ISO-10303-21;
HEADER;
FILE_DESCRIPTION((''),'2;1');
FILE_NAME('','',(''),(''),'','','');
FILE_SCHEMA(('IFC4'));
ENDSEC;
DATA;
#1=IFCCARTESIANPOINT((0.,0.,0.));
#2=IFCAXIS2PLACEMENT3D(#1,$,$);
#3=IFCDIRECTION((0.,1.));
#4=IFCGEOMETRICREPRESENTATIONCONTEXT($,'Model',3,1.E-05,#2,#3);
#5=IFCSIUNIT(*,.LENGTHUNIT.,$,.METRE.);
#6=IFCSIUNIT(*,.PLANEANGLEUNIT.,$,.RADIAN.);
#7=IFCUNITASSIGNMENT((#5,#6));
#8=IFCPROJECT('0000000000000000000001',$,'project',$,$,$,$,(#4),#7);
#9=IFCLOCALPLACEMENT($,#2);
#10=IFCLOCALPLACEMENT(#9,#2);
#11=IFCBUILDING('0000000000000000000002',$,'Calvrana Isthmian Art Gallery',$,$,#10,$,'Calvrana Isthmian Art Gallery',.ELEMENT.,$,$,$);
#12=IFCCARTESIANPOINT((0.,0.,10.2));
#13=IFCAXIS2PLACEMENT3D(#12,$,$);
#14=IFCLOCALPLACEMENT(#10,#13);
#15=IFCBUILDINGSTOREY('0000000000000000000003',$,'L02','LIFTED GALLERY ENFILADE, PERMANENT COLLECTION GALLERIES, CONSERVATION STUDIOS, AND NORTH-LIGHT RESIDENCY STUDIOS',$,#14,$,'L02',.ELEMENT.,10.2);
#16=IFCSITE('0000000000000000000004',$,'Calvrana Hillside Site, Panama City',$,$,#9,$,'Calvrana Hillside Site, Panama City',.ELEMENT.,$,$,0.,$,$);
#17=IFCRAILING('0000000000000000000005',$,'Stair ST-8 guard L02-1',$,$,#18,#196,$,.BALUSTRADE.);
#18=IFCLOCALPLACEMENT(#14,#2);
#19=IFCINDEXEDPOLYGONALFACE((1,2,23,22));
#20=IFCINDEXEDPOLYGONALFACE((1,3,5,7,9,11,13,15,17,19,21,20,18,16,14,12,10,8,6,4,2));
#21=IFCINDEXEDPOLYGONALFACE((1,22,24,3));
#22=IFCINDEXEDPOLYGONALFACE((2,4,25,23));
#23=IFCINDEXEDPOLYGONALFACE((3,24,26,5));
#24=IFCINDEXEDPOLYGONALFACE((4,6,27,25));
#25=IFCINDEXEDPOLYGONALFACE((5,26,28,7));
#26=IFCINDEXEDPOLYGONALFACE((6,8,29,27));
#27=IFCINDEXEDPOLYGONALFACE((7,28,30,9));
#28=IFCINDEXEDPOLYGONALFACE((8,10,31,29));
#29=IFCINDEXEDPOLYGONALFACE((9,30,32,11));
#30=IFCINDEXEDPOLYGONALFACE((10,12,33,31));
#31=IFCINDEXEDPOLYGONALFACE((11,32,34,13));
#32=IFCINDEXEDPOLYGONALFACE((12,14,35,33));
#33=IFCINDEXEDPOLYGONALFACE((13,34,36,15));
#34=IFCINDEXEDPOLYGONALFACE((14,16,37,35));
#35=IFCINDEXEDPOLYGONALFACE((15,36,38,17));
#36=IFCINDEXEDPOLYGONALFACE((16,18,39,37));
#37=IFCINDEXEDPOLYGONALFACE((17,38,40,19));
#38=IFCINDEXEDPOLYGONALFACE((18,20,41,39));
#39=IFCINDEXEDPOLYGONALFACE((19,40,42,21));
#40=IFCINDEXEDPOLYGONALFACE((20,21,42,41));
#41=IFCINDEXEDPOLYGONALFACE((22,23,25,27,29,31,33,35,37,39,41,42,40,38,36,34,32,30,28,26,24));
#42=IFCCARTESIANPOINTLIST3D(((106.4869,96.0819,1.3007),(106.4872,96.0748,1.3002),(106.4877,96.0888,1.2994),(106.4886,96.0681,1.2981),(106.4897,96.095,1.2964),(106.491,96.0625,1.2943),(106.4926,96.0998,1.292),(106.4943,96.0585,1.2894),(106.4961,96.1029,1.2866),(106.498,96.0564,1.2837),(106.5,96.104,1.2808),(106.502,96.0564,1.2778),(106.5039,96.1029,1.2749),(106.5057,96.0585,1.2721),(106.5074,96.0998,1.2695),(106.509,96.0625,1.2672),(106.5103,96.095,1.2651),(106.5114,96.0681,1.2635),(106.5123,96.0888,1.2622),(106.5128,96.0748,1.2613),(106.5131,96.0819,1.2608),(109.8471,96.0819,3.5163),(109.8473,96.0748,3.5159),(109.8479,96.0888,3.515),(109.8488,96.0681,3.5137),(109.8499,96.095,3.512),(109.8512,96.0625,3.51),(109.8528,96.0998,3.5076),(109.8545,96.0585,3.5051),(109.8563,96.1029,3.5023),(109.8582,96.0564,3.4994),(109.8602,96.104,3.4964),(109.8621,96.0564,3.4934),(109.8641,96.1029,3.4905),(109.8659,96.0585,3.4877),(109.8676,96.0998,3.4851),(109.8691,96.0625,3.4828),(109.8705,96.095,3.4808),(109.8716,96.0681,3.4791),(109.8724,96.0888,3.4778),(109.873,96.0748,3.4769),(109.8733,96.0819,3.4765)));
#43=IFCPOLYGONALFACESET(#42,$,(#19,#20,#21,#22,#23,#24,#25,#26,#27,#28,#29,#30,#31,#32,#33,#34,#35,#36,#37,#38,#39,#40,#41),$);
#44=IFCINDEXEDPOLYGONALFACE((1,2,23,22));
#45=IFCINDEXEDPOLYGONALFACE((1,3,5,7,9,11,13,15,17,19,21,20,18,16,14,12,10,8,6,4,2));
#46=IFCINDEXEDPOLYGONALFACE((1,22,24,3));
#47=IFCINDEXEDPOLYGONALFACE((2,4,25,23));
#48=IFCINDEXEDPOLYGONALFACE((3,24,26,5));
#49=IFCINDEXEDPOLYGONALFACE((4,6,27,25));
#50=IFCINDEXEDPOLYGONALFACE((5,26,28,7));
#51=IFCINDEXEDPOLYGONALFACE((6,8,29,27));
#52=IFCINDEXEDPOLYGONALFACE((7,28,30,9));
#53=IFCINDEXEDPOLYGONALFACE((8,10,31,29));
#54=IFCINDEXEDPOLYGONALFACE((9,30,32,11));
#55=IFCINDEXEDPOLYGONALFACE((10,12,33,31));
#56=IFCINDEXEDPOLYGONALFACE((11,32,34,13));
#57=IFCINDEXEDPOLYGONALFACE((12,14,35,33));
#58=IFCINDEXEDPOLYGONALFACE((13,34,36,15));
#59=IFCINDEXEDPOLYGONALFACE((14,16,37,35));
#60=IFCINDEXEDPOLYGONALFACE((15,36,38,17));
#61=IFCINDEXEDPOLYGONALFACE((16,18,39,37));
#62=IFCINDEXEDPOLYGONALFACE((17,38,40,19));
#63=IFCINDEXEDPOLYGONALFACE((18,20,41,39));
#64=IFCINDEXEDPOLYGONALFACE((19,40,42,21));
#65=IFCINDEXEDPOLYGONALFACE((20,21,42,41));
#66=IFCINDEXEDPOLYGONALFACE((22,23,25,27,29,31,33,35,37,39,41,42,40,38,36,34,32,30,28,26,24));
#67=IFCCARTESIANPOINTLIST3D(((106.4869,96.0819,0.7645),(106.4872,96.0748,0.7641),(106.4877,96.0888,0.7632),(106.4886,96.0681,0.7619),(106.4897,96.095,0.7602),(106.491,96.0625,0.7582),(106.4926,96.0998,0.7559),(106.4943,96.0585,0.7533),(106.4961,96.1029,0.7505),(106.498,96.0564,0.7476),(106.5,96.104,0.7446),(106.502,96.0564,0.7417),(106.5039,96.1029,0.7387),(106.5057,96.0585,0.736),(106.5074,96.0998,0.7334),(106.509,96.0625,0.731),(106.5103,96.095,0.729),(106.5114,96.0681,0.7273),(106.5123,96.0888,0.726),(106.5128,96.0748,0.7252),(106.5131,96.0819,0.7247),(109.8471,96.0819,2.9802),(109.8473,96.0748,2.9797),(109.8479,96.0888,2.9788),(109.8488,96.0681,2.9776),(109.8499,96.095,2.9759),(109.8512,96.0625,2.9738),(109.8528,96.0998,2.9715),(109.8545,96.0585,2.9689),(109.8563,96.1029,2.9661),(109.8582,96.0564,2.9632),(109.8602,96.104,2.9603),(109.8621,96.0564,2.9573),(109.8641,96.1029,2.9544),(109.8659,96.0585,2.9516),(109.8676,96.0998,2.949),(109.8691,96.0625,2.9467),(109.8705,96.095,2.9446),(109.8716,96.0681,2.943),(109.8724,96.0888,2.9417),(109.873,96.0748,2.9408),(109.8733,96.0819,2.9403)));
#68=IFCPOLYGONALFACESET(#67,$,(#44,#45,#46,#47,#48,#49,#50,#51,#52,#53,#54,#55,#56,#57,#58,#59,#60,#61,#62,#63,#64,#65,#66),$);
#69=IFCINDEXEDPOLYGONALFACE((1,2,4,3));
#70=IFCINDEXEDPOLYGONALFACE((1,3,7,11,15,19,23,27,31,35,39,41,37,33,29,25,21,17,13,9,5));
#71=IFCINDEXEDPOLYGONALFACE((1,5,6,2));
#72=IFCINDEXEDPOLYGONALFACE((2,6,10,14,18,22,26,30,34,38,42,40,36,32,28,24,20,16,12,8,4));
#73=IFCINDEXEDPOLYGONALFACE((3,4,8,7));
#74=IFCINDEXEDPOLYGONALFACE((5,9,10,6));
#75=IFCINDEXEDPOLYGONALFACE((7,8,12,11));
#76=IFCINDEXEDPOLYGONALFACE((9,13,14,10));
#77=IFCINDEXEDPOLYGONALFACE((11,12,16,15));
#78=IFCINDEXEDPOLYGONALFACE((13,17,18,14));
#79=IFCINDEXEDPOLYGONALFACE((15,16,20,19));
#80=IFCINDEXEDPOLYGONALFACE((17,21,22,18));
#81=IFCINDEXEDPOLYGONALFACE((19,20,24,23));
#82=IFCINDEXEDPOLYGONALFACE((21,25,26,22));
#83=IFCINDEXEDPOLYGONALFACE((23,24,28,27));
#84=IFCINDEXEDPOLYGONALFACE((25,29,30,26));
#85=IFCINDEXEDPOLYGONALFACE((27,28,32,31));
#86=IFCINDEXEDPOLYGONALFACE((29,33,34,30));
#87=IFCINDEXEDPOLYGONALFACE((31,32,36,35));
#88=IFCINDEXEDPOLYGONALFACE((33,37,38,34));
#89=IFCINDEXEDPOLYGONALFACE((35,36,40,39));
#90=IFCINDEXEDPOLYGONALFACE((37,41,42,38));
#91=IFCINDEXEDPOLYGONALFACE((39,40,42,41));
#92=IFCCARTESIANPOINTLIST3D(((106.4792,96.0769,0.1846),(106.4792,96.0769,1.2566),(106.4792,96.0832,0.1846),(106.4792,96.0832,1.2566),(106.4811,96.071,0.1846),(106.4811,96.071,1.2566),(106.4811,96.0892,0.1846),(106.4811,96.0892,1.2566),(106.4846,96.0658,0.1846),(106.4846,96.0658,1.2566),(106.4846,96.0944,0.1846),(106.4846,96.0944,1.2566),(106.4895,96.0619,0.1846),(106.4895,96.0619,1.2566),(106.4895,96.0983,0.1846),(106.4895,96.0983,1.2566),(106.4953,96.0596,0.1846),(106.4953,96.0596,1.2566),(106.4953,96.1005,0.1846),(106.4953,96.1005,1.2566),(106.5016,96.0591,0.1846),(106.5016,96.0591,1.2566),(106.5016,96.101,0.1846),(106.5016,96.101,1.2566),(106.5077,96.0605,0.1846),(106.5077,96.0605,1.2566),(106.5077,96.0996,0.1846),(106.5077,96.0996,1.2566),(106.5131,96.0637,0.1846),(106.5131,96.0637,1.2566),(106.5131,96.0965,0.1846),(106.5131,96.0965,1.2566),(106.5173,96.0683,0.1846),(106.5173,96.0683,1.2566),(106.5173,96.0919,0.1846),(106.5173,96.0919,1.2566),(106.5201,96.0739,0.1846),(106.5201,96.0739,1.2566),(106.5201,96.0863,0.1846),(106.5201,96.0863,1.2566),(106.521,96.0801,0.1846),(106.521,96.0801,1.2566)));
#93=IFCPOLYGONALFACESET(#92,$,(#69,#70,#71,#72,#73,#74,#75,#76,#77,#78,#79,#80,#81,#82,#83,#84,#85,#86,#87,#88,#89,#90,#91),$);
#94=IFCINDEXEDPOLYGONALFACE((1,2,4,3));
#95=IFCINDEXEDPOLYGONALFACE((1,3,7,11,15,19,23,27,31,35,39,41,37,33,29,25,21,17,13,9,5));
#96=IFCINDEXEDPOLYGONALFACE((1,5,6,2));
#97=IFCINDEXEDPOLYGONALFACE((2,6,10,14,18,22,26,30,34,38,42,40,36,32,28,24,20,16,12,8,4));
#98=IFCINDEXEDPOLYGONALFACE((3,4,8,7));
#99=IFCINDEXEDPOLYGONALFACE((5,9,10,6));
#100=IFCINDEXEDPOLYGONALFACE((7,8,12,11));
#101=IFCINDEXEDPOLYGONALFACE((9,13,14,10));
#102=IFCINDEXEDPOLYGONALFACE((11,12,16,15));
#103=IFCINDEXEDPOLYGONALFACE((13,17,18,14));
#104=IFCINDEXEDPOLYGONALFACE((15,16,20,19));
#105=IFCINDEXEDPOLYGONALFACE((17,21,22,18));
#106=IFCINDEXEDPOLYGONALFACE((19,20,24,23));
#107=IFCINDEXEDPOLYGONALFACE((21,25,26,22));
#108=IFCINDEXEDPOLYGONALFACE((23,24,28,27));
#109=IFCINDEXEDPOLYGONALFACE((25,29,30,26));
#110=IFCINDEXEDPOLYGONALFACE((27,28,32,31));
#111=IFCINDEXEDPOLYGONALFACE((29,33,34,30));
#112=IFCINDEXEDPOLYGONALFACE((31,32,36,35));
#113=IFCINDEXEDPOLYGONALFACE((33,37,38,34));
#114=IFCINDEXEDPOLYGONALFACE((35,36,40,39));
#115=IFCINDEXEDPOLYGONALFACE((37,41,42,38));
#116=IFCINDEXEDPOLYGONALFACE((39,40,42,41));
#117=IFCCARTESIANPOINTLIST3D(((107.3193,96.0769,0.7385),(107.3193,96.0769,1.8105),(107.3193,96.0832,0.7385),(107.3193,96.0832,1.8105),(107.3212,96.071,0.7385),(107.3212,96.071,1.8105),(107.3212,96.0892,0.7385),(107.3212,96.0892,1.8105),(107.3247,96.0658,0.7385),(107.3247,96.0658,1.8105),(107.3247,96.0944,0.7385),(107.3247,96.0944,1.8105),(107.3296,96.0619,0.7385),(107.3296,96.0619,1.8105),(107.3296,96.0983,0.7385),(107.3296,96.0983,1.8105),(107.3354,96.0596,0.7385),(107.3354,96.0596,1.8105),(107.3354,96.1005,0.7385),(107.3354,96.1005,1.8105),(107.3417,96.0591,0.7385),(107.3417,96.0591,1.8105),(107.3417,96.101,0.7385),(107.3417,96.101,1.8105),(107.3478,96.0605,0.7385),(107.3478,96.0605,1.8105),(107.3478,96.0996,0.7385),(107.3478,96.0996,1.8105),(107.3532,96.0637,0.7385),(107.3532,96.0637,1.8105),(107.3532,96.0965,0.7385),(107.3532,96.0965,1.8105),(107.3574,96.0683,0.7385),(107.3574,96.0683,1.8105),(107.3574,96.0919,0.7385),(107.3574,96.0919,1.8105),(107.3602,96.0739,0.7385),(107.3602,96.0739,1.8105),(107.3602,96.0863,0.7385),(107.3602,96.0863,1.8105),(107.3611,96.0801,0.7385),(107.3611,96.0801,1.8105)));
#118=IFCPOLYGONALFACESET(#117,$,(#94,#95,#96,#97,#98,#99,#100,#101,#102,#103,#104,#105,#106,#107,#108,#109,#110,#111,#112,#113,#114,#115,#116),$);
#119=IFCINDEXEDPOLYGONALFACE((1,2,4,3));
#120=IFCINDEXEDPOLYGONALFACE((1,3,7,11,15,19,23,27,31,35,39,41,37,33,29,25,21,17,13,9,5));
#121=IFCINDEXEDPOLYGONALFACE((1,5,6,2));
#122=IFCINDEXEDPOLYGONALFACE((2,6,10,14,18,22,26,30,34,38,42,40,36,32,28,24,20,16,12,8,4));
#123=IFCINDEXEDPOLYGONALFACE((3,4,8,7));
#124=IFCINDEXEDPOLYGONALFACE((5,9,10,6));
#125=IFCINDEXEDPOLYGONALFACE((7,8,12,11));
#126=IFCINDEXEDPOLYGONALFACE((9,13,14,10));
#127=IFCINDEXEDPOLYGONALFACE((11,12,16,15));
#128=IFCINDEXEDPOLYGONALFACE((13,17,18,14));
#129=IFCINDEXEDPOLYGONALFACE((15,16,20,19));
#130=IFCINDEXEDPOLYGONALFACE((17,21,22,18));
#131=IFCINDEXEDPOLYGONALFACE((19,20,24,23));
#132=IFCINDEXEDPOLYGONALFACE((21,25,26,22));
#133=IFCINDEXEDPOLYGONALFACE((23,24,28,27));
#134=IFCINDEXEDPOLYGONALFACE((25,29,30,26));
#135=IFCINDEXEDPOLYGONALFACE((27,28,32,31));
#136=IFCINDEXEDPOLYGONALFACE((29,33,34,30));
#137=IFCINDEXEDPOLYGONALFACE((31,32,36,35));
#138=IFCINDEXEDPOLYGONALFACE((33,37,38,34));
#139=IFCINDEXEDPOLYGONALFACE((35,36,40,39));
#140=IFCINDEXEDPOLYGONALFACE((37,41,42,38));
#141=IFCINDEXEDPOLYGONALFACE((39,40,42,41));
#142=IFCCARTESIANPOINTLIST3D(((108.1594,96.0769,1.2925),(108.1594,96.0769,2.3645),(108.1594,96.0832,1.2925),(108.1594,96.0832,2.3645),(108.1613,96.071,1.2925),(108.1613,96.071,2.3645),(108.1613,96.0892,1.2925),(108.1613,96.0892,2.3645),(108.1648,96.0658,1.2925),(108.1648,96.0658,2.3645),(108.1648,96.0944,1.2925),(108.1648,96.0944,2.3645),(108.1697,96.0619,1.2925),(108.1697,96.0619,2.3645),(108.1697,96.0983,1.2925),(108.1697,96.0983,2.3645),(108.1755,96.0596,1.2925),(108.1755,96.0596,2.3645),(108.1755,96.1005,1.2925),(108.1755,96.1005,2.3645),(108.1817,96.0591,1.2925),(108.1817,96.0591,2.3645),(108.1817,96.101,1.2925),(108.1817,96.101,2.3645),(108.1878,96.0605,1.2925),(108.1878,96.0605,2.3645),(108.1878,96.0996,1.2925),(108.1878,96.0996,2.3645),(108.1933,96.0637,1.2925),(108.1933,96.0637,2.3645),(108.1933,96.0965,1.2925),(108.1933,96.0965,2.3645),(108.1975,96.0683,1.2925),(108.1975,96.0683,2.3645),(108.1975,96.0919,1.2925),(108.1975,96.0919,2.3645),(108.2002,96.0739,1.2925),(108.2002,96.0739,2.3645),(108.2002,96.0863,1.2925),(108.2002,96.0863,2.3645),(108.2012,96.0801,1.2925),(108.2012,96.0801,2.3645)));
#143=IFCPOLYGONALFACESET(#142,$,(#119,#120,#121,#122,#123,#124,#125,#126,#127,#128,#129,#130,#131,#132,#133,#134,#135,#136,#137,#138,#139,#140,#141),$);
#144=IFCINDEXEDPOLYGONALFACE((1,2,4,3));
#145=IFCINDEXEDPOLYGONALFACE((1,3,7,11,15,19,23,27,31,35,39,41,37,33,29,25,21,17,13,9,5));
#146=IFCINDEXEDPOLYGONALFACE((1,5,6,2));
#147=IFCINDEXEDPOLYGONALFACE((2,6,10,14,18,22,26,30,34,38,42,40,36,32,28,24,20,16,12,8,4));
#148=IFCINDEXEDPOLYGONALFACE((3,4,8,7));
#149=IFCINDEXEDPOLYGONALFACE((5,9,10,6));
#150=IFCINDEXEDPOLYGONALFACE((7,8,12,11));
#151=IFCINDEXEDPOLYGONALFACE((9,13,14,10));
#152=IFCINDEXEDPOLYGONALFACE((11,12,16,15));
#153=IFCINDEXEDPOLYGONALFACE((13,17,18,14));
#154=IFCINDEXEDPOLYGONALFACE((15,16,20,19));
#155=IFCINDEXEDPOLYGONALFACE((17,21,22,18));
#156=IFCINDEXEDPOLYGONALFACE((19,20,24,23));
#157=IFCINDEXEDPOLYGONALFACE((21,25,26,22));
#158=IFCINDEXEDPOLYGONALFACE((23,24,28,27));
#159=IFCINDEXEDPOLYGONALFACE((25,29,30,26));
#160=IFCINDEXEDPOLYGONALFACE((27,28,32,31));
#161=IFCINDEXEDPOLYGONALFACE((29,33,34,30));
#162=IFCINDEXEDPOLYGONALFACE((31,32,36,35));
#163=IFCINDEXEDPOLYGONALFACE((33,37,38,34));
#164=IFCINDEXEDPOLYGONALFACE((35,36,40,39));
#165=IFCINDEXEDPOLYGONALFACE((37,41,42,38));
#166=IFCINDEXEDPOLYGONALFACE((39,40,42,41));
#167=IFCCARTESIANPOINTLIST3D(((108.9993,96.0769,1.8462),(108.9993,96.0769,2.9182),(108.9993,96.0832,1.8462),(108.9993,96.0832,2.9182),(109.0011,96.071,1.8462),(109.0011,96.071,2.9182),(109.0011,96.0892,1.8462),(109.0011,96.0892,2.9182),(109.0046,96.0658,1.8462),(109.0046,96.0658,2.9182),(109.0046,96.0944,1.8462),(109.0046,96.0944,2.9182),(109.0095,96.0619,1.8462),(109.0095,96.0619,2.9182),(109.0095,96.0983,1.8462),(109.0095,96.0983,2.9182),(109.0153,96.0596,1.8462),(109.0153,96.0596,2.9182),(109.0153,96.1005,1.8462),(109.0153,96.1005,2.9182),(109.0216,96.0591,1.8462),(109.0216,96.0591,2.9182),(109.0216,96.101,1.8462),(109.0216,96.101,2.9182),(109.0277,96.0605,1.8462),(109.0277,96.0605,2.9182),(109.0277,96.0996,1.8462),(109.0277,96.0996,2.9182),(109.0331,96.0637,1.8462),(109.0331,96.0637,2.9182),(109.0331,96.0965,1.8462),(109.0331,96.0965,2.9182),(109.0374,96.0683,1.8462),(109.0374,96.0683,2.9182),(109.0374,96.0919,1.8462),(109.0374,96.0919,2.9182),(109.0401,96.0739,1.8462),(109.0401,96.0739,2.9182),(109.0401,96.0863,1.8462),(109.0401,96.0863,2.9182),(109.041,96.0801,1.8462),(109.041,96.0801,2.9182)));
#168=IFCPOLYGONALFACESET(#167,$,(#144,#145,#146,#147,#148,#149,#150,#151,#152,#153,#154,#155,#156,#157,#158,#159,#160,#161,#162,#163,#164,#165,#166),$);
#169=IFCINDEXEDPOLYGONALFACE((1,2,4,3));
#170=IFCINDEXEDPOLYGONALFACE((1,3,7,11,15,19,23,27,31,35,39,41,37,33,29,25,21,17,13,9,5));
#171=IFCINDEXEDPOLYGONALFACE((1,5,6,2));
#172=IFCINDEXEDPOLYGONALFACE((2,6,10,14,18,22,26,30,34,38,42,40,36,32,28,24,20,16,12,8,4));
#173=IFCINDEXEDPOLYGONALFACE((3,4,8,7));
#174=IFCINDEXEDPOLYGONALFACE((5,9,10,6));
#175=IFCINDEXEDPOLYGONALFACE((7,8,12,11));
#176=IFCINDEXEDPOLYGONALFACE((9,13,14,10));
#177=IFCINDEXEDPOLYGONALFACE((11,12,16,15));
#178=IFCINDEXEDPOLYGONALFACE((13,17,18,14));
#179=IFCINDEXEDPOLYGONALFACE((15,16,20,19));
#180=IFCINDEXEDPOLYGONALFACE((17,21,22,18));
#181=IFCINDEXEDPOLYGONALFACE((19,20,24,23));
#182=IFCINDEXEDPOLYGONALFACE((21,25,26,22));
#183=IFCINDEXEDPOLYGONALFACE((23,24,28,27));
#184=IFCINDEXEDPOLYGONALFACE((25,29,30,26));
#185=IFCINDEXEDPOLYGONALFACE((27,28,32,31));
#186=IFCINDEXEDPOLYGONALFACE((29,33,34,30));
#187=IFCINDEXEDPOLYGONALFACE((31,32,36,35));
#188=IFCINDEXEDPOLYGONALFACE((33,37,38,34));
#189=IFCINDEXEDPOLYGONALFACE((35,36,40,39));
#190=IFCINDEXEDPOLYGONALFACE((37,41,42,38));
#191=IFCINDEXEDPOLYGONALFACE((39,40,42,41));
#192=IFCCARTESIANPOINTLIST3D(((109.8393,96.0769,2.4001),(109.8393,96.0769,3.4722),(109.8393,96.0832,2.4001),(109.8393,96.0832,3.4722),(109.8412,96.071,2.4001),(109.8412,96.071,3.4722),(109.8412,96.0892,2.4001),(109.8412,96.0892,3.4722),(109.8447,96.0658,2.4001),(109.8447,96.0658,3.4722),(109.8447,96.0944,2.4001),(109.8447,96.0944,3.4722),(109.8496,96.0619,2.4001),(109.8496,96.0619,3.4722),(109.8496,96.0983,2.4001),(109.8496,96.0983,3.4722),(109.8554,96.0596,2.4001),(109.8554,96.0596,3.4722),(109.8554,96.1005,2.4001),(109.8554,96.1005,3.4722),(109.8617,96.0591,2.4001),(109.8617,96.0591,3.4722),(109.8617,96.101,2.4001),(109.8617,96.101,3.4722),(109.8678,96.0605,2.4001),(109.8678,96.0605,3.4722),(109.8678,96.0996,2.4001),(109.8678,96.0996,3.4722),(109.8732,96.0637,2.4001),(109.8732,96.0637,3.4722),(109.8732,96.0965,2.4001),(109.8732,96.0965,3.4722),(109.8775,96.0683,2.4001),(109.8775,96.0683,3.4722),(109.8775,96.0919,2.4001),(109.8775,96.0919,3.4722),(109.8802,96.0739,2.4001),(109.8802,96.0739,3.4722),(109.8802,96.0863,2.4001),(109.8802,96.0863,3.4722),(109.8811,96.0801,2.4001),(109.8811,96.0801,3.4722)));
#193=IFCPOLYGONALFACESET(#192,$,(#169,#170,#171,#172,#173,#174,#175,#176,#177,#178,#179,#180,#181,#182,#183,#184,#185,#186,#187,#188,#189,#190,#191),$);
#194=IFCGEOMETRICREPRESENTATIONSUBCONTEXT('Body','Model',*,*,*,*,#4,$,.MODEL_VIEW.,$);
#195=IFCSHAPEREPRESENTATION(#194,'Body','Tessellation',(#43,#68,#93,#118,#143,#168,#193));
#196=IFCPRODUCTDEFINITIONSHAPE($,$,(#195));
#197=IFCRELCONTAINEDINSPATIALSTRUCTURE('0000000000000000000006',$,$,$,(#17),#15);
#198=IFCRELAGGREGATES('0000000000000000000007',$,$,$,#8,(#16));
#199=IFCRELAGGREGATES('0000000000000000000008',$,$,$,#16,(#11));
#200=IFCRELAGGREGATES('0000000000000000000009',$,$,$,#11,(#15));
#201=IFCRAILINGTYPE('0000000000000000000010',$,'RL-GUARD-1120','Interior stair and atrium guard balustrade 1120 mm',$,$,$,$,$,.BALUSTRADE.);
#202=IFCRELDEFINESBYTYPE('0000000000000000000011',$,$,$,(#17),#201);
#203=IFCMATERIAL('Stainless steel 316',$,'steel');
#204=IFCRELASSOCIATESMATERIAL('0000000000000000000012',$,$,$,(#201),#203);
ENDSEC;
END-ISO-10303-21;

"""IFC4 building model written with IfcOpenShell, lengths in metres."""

from ifc_helpers import new_model, si_unit, direction, frame, origin, origin_2d, place, context, subcontext, project, spatial, circle, extrude, material, type_object, element, save


model = new_model("IFC4")

# Units and contexts
model_context = context("Model", 3, precision=1e-05, world=origin(), true_north=direction((0.0, 1.0)))
body_context = subcontext(model_context, "Body", "Model", "MODEL_VIEW")
ifc_project = project(units=[si_unit("LENGTHUNIT", "METRE"), si_unit("PLANEANGLEUNIT", "RADIAN")], contexts=[model_context])

# Site, building, storey
site_placement = place(None, origin())
site = spatial("IfcSite", under=ifc_project, at=site_placement, Name="Calvrana Hillside Site, Panama City", LongName="Calvrana Hillside Site, Panama City", CompositionType="ELEMENT", RefElevation=0.0)
building_placement = place(site_placement, origin())
building = spatial("IfcBuilding", under=site, at=building_placement, Name="Calvrana Isthmian Art Gallery", LongName="Calvrana Isthmian Art Gallery", CompositionType="ELEMENT")
storey_placement = place(building_placement, frame((0.0, 0.0, 10.2)))
storey = spatial("IfcBuildingStorey", under=building, at=storey_placement, Name="L02", Description="LIFTED GALLERY ENFILADE, PERMANENT COLLECTION GALLERIES, CONSERVATION STUDIOS, AND NORTH-LIGHT RESIDENCY STUDIOS", LongName="L02", CompositionType="ELEMENT", Elevation=10.2)

# Railing
ifc_material_1 = material(Name="Stainless steel 316", Category="steel")
railing_type_1 = type_object("IfcRailingType", Name="RL-GUARD-1120", Description="Interior stair and atrium guard balustrade 1120 mm", PredefinedType="BALUSTRADE", material=ifc_material_1)
railing_1_placement = place(storey_placement, frame((106.5, 96.0801, 0.1846)))
element("IfcRailing", 1, at=railing_1_placement, inside=storey, type_object=railing_type_1, Name="Stair ST-8 guard L02-1", PredefinedType="BALUSTRADE", context=body_context, shape_type="SweptSolid", body=[
    extrude(circle(Radius=0.0239, at=origin_2d()), frame((0.0, 0.0, 1.0962), z_axis=(0.834849, 0.0, 0.55048), x_axis=(0.0, 1.0, 0.0)), (0.0, 0.0, 1.0), 4.0249),
    extrude(circle(Radius=0.0239, at=origin_2d()), frame((0.0, 0.0, 0.5601), z_axis=(0.834849, 0.0, 0.55048), x_axis=(0.0, 1.0, 0.0)), (0.0, 0.0, 1.0), 4.0249),
    extrude(circle(Radius=0.021, at=origin_2d()), origin(), (0.0, 0.0, 1.0), 1.072),
    extrude(circle(Radius=0.021, at=origin_2d()), frame((0.8401, 0.0, 0.554)), (0.0, 0.0, 1.0), 1.072),
    extrude(circle(Radius=0.021, at=origin_2d()), frame((1.6802, 0.0, 1.1079)), (0.0, 0.0, 1.0), 1.072),
    extrude(circle(Radius=0.021, at=origin_2d()), frame((2.52, 0.0, 1.6616)), (0.0, 0.0, 1.0), 1.072),
    extrude(circle(Radius=0.021, at=origin_2d()), frame((3.3601, 0.0, 2.2156)), (0.0, 0.0, 1.0), 1.072),
])

save(model, "model.ifc")
